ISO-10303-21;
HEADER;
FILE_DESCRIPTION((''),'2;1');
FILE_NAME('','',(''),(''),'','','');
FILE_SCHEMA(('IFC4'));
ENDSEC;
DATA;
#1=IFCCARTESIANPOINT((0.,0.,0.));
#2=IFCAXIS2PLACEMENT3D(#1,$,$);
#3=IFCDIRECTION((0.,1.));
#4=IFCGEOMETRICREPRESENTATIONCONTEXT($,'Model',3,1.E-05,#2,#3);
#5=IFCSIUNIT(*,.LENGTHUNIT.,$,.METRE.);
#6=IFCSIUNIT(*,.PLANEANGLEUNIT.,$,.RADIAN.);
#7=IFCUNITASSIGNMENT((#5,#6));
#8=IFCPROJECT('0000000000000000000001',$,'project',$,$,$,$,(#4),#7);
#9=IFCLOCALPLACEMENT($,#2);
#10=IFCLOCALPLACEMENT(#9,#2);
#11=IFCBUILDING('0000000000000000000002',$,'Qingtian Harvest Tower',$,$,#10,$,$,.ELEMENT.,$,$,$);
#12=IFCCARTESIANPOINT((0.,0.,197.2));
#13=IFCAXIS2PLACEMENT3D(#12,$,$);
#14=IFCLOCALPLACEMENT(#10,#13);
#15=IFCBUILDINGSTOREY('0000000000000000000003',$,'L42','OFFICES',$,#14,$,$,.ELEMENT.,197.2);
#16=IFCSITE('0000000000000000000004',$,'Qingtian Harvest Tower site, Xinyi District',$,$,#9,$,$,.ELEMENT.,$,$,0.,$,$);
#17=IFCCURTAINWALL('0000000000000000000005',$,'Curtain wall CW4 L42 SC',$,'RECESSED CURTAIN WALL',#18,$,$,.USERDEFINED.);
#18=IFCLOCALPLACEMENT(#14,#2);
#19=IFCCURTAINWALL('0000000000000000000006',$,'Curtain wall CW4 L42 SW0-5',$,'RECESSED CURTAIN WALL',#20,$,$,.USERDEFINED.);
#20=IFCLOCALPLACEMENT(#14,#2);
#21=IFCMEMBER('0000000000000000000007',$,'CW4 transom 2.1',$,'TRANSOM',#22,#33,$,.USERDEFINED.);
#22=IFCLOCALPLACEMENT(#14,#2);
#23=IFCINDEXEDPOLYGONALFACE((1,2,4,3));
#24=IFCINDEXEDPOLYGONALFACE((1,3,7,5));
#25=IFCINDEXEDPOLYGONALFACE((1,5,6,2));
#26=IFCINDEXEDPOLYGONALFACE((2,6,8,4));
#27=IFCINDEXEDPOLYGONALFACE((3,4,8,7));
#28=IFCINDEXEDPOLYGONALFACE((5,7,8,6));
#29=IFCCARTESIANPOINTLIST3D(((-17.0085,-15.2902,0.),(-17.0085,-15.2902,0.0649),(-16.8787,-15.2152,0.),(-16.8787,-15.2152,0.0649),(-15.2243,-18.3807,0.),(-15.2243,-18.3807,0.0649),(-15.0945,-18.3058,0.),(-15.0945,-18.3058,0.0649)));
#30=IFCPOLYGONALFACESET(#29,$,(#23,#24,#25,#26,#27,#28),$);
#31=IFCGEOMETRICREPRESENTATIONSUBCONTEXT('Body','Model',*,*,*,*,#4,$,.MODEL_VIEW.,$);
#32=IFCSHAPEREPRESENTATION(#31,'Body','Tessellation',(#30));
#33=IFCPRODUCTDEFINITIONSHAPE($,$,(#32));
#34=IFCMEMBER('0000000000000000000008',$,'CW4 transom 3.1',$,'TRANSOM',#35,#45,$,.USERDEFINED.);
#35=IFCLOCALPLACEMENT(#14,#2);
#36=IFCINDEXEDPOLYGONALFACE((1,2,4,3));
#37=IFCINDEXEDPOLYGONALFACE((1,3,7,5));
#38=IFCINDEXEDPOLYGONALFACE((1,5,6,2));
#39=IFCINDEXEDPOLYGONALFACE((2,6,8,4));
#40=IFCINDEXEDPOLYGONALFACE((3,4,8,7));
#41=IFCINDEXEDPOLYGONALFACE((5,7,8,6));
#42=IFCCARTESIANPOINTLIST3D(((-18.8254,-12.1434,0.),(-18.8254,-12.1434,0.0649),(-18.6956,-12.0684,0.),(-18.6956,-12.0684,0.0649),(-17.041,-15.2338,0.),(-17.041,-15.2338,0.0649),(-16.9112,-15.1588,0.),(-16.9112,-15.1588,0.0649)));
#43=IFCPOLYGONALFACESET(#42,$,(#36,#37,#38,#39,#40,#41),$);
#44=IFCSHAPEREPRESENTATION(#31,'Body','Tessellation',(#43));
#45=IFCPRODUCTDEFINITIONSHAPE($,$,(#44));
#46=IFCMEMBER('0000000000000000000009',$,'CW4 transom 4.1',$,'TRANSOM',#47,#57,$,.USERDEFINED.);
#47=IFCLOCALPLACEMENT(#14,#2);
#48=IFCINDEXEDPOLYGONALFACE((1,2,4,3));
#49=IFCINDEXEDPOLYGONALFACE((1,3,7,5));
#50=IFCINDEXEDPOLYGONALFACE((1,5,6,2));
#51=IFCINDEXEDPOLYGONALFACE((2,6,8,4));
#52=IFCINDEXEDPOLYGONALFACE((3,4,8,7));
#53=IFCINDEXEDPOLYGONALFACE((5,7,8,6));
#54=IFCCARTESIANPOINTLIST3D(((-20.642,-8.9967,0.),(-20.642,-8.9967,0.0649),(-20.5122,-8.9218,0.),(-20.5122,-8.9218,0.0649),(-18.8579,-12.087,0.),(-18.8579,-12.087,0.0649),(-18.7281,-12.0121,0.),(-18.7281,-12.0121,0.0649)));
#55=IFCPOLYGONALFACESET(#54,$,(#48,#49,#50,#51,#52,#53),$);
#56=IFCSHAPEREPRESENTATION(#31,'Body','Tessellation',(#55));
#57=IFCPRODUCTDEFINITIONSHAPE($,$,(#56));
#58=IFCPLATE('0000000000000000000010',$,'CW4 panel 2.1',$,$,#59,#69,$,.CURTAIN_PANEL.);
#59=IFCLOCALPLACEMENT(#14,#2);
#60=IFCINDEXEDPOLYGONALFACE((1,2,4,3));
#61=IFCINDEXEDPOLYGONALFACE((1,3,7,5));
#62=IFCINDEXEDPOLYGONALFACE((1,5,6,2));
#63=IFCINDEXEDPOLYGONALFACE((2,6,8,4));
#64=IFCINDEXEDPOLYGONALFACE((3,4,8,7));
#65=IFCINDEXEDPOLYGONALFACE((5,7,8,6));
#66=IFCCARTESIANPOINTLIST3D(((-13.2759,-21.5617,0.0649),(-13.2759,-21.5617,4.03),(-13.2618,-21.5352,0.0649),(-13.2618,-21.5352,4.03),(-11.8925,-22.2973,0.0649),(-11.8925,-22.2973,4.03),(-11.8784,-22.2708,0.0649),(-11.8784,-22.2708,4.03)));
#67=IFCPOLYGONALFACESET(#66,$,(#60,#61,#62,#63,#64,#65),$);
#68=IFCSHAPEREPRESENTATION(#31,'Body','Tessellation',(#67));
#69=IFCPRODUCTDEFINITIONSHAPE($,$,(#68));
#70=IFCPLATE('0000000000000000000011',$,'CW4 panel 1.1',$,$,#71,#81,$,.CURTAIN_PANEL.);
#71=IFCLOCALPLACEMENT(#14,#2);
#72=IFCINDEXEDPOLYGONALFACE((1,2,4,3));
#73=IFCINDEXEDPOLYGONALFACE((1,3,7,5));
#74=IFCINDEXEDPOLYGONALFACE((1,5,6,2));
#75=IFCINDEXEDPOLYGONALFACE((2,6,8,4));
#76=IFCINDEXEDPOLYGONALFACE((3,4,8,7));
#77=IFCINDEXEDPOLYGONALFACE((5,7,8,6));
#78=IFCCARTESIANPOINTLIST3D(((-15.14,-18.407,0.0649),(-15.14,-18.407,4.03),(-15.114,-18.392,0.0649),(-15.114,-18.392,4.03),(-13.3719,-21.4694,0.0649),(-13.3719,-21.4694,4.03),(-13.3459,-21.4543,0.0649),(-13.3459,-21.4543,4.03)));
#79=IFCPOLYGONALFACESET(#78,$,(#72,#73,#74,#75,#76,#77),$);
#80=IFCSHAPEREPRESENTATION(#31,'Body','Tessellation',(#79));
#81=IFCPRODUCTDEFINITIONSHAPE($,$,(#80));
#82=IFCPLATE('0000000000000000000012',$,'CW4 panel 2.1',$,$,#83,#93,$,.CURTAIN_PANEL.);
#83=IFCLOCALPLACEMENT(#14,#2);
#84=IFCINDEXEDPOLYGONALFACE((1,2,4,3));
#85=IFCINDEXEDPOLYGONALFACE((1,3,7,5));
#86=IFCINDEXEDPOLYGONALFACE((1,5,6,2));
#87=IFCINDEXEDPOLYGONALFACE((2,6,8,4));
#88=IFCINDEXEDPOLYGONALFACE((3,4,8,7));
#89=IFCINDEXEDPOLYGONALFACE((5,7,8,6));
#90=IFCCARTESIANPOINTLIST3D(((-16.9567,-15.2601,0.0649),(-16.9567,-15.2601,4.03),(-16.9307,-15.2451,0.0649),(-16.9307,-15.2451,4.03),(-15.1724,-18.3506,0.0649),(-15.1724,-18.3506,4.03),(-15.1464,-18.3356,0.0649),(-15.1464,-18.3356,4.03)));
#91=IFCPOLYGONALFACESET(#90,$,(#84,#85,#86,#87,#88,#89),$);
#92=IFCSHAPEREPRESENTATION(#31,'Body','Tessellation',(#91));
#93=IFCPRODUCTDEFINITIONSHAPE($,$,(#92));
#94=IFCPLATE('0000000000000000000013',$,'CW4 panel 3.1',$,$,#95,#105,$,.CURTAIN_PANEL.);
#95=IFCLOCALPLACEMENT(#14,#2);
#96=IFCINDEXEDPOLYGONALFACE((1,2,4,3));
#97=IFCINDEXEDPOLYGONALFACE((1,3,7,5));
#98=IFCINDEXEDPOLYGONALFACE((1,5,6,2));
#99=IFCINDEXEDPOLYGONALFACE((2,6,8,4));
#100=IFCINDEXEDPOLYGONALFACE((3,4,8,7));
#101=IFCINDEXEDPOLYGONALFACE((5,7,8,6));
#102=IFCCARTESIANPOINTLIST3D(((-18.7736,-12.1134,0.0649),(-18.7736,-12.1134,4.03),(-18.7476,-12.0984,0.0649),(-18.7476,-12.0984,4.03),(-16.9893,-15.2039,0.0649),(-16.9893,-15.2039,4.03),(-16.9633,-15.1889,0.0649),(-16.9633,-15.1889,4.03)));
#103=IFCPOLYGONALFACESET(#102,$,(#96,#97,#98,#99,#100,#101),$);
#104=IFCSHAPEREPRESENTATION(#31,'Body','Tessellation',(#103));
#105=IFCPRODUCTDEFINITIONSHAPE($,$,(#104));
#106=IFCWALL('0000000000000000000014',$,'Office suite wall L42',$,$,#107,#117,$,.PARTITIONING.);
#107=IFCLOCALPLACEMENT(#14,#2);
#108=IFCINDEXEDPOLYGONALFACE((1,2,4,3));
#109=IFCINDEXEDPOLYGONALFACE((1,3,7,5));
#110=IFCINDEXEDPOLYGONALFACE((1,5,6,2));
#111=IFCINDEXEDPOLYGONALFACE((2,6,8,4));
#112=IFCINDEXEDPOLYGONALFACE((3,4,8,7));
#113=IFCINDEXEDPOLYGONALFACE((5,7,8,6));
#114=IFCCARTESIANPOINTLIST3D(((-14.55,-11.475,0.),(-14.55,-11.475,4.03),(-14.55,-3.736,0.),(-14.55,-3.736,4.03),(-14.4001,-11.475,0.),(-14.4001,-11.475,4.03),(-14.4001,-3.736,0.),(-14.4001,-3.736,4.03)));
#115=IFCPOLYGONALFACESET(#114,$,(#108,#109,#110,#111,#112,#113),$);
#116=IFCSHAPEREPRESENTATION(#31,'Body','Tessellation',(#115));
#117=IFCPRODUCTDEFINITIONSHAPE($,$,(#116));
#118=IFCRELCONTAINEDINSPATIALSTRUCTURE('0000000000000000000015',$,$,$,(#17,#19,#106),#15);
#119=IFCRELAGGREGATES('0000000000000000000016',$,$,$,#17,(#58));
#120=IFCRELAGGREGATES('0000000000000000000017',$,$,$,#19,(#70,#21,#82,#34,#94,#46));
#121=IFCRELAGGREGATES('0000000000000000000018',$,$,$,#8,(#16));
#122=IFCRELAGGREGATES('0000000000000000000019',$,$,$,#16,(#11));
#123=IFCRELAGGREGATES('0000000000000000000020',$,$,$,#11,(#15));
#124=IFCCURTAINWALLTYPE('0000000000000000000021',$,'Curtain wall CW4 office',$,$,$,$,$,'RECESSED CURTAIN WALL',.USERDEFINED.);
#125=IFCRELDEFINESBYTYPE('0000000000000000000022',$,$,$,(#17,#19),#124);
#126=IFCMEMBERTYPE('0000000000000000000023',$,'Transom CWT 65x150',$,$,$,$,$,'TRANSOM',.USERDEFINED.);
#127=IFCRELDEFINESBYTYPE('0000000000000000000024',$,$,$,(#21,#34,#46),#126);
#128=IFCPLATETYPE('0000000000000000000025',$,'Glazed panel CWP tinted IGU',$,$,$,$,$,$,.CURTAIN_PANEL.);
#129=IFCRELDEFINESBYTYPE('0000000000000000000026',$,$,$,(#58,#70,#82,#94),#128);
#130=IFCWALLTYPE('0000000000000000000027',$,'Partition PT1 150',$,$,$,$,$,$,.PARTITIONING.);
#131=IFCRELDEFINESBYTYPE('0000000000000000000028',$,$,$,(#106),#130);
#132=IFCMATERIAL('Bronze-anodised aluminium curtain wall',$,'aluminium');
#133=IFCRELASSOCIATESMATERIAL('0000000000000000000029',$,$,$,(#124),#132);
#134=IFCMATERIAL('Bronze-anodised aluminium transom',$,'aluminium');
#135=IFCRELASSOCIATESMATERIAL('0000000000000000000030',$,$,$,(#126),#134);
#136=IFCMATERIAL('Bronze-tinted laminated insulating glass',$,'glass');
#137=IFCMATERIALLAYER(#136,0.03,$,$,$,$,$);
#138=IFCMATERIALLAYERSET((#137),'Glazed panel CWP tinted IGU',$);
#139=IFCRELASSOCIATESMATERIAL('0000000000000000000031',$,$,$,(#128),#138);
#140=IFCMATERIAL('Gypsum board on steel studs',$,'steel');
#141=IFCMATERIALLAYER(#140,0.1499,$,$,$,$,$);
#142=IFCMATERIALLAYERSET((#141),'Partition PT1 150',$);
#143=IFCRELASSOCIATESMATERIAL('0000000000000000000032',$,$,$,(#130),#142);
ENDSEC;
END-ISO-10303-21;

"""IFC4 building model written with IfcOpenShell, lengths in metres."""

from ifc_helpers import new_model, si_unit, direction, frame, frame_2d, origin, origin_2d, place, context, subcontext, project, spatial, rectangle, extrude, material, layer, layer_set, material_profile, profile_set, type_object, element, aggregate, save


model = new_model("IFC4")

# Units and contexts
model_context = context("Model", 3, precision=1e-05, world=origin(), true_north=direction((0.0, 1.0)))
body_context = subcontext(model_context, "Body", "Model", "MODEL_VIEW")
ifc_project = project(units=[si_unit("LENGTHUNIT", "METRE"), si_unit("PLANEANGLEUNIT", "RADIAN")], contexts=[model_context])

# Site, building, storey
site_placement = place(None, origin())
site = spatial("IfcSite", under=ifc_project, at=site_placement, Name="Qingtian Harvest Tower site, Xinyi District", CompositionType="ELEMENT", RefElevation=0.0)
building_placement = place(site_placement, origin())
building = spatial("IfcBuilding", under=site, at=building_placement, Name="Qingtian Harvest Tower", CompositionType="ELEMENT")
storey_placement = place(building_placement, frame((0.0, 0.0, 197.2)))
storey = spatial("IfcBuildingStorey", under=building, at=storey_placement, Name="L42", Description="OFFICES", CompositionType="ELEMENT", Elevation=197.2)

# Curtain wall
ifc_material_1 = material(Name="Bronze-anodised aluminium curtain wall", Category="aluminium")
curtain_wall_type = type_object("IfcCurtainWallType", Name="Curtain wall CW4 office", ElementType="RECESSED CURTAIN WALL", PredefinedType="USERDEFINED", material=ifc_material_1)
curtain_wall_1_placement = place(storey_placement, origin())
curtain_wall_1 = element("IfcCurtainWall", 1, at=curtain_wall_1_placement, inside=storey, type_object=curtain_wall_type, Name="Curtain wall CW4 L42 SC", ObjectType="RECESSED CURTAIN WALL", PredefinedType="USERDEFINED")

# Curtain wall
curtain_wall_2_placement = place(storey_placement, origin())
curtain_wall_2 = element("IfcCurtainWall", 2, at=curtain_wall_2_placement, inside=storey, type_object=curtain_wall_type, Name="Curtain wall CW4 L42 SW0-5", ObjectType="RECESSED CURTAIN WALL", PredefinedType="USERDEFINED")

# Members
ifc_material_2 = material(Name="Bronze-anodised aluminium transom", Category="aluminium")
ifc_material_profile_1 = material_profile(ifc_material_2, rectangle(XDim=0.1499, YDim=0.0649, at=origin_2d()), Name="AL 65x150")
ifc_profile_set_1 = profile_set([ifc_material_profile_1], Name="Bronze-anodised aluminium transom")
member_type_1 = type_object("IfcMemberType", Name="Transom CWT 65x150", ElementType="TRANSOM", PredefinedType="USERDEFINED", material=ifc_profile_set_1)
member_1_placement = place(storey_placement, frame((-15.1594, -18.3433, 0.0325), z_axis=(-0.499965, 0.866045, 0.0), x_axis=(-0.866045, -0.499965, 0.0)))
member_1 = element("IfcMember", 3, at=member_1_placement, type_object=member_type_1, Name="CW4 transom 2.1", ObjectType="TRANSOM", PredefinedType="USERDEFINED", context=body_context, shape_type="SweptSolid", body=[
    extrude(rectangle(XDim=0.1499, YDim=0.0649, at=origin_2d()), origin(), (0.0, 0.0, 1.0), 3.5686),
])
member_2_placement = place(storey_placement, frame((-16.9761, -15.1963, 0.0325), z_axis=(-0.500046, 0.865999, 0.0), x_axis=(-0.865999, -0.500046, 0.0)))
member_2 = element("IfcMember", 4, at=member_2_placement, type_object=member_type_1, Name="CW4 transom 3.1", ObjectType="TRANSOM", PredefinedType="USERDEFINED", context=body_context, shape_type="SweptSolid", body=[
    extrude(rectangle(XDim=0.1499, YDim=0.0649, at=origin_2d()), origin(), (0.0, 0.0, 1.0), 3.5686),
])
member_3_placement = place(storey_placement, frame((-18.793, -12.0496, 0.0325), z_axis=(-0.499995, 0.866028, 0.0), x_axis=(-0.866028, -0.499995, 0.0)))
member_3 = element("IfcMember", 5, at=member_3_placement, type_object=member_type_1, Name="CW4 transom 4.1", ObjectType="TRANSOM", PredefinedType="USERDEFINED", context=body_context, shape_type="SweptSolid", body=[
    extrude(rectangle(XDim=0.1499, YDim=0.0649, at=origin_2d()), origin(), (0.0, 0.0, 1.0), 3.5684),
])

# Plates
ifc_material_3 = material(Name="Bronze-tinted laminated insulating glass", Category="glass")
ifc_layer_1 = layer(ifc_material_3, 0.03)
ifc_layer_set_1 = layer_set([ifc_layer_1], Name="Glazed panel CWP tinted IGU")
plate_type = type_object("IfcPlateType", Name="Glazed panel CWP tinted IGU", PredefinedType="CURTAIN_PANEL", material=ifc_layer_set_1)
plate_1_placement = place(storey_placement, frame((-12.5771, -21.9163, 0.0649), z_axis=(0.0, 0.0, 1.0), x_axis=(-0.882948, 0.469472, 0.0)))
plate_1 = element("IfcPlate", 6, at=plate_1_placement, type_object=plate_type, Name="CW4 panel 2.1", PredefinedType="CURTAIN_PANEL", context=body_context, shape_type="SweptSolid", body=[
    extrude(rectangle(XDim=1.5669, YDim=0.03, at=origin_2d()), origin(), (0.0, 0.0, 1.0), 3.9651),
])
aggregate(curtain_wall_1, [plate_1])
plate_2_placement = place(storey_placement, frame((-14.2429, -19.9307, 0.0649), z_axis=(0.0, 0.0, 1.0), x_axis=(-0.5, 0.866025, 0.0)))
plate_2 = element("IfcPlate", 7, at=plate_2_placement, type_object=plate_type, Name="CW4 panel 1.1", PredefinedType="CURTAIN_PANEL", context=body_context, shape_type="SweptSolid", body=[
    extrude(rectangle(XDim=3.5361, YDim=0.03, at=origin_2d()), origin(), (0.0, 0.0, 1.0), 3.9651),
])
plate_3_placement = place(storey_placement, frame((-16.0515, -16.7979, 0.0649), z_axis=(0.0, 0.0, 1.0), x_axis=(-0.5, 0.866025, 0.0)))
plate_3 = element("IfcPlate", 8, at=plate_3_placement, type_object=plate_type, Name="CW4 panel 2.1", PredefinedType="CURTAIN_PANEL", context=body_context, shape_type="SweptSolid", body=[
    extrude(rectangle(XDim=3.5686, YDim=0.03, at=origin_2d()), origin(), (0.0, 0.0, 1.0), 3.9651),
])
plate_4_placement = place(storey_placement, frame((-17.8684, -13.6511, 0.0649), z_axis=(0.0, 0.0, 1.0), x_axis=(-0.5, 0.866025, 0.0)))
plate_4 = element("IfcPlate", 9, at=plate_4_placement, type_object=plate_type, Name="CW4 panel 3.1", PredefinedType="CURTAIN_PANEL", context=body_context, shape_type="SweptSolid", body=[
    extrude(rectangle(XDim=3.5686, YDim=0.03, at=origin_2d()), origin(), (0.0, 0.0, 1.0), 3.9651),
])
aggregate(curtain_wall_2, [plate_2, member_1, plate_3, member_2, plate_4, member_3])

# Wall
ifc_material_4 = material(Name="Gypsum board on steel studs", Category="steel")
ifc_layer_2 = layer(ifc_material_4, 0.1499)
ifc_layer_set_2 = layer_set([ifc_layer_2], Name="Partition PT1 150")
wall_type = type_object("IfcWallType", Name="Partition PT1 150", PredefinedType="PARTITIONING", material=ifc_layer_set_2)
wall_placement = place(storey_placement, frame((-14.4751, -11.4751, 0.0), z_axis=(0.0, 0.0, 1.0), x_axis=(0.0, 1.0, 0.0)))
element("IfcWall", 10, at=wall_placement, inside=storey, type_object=wall_type, Name="Office suite wall L42", PredefinedType="PARTITIONING", context=body_context, shape_type="SweptSolid", body=[
    extrude(rectangle(XDim=7.739, YDim=0.1499, at=frame_2d((3.8696, 0.0))), origin(), (0.0, 0.0, 1.0), 4.03),
])

save(model, "model.ifc")
